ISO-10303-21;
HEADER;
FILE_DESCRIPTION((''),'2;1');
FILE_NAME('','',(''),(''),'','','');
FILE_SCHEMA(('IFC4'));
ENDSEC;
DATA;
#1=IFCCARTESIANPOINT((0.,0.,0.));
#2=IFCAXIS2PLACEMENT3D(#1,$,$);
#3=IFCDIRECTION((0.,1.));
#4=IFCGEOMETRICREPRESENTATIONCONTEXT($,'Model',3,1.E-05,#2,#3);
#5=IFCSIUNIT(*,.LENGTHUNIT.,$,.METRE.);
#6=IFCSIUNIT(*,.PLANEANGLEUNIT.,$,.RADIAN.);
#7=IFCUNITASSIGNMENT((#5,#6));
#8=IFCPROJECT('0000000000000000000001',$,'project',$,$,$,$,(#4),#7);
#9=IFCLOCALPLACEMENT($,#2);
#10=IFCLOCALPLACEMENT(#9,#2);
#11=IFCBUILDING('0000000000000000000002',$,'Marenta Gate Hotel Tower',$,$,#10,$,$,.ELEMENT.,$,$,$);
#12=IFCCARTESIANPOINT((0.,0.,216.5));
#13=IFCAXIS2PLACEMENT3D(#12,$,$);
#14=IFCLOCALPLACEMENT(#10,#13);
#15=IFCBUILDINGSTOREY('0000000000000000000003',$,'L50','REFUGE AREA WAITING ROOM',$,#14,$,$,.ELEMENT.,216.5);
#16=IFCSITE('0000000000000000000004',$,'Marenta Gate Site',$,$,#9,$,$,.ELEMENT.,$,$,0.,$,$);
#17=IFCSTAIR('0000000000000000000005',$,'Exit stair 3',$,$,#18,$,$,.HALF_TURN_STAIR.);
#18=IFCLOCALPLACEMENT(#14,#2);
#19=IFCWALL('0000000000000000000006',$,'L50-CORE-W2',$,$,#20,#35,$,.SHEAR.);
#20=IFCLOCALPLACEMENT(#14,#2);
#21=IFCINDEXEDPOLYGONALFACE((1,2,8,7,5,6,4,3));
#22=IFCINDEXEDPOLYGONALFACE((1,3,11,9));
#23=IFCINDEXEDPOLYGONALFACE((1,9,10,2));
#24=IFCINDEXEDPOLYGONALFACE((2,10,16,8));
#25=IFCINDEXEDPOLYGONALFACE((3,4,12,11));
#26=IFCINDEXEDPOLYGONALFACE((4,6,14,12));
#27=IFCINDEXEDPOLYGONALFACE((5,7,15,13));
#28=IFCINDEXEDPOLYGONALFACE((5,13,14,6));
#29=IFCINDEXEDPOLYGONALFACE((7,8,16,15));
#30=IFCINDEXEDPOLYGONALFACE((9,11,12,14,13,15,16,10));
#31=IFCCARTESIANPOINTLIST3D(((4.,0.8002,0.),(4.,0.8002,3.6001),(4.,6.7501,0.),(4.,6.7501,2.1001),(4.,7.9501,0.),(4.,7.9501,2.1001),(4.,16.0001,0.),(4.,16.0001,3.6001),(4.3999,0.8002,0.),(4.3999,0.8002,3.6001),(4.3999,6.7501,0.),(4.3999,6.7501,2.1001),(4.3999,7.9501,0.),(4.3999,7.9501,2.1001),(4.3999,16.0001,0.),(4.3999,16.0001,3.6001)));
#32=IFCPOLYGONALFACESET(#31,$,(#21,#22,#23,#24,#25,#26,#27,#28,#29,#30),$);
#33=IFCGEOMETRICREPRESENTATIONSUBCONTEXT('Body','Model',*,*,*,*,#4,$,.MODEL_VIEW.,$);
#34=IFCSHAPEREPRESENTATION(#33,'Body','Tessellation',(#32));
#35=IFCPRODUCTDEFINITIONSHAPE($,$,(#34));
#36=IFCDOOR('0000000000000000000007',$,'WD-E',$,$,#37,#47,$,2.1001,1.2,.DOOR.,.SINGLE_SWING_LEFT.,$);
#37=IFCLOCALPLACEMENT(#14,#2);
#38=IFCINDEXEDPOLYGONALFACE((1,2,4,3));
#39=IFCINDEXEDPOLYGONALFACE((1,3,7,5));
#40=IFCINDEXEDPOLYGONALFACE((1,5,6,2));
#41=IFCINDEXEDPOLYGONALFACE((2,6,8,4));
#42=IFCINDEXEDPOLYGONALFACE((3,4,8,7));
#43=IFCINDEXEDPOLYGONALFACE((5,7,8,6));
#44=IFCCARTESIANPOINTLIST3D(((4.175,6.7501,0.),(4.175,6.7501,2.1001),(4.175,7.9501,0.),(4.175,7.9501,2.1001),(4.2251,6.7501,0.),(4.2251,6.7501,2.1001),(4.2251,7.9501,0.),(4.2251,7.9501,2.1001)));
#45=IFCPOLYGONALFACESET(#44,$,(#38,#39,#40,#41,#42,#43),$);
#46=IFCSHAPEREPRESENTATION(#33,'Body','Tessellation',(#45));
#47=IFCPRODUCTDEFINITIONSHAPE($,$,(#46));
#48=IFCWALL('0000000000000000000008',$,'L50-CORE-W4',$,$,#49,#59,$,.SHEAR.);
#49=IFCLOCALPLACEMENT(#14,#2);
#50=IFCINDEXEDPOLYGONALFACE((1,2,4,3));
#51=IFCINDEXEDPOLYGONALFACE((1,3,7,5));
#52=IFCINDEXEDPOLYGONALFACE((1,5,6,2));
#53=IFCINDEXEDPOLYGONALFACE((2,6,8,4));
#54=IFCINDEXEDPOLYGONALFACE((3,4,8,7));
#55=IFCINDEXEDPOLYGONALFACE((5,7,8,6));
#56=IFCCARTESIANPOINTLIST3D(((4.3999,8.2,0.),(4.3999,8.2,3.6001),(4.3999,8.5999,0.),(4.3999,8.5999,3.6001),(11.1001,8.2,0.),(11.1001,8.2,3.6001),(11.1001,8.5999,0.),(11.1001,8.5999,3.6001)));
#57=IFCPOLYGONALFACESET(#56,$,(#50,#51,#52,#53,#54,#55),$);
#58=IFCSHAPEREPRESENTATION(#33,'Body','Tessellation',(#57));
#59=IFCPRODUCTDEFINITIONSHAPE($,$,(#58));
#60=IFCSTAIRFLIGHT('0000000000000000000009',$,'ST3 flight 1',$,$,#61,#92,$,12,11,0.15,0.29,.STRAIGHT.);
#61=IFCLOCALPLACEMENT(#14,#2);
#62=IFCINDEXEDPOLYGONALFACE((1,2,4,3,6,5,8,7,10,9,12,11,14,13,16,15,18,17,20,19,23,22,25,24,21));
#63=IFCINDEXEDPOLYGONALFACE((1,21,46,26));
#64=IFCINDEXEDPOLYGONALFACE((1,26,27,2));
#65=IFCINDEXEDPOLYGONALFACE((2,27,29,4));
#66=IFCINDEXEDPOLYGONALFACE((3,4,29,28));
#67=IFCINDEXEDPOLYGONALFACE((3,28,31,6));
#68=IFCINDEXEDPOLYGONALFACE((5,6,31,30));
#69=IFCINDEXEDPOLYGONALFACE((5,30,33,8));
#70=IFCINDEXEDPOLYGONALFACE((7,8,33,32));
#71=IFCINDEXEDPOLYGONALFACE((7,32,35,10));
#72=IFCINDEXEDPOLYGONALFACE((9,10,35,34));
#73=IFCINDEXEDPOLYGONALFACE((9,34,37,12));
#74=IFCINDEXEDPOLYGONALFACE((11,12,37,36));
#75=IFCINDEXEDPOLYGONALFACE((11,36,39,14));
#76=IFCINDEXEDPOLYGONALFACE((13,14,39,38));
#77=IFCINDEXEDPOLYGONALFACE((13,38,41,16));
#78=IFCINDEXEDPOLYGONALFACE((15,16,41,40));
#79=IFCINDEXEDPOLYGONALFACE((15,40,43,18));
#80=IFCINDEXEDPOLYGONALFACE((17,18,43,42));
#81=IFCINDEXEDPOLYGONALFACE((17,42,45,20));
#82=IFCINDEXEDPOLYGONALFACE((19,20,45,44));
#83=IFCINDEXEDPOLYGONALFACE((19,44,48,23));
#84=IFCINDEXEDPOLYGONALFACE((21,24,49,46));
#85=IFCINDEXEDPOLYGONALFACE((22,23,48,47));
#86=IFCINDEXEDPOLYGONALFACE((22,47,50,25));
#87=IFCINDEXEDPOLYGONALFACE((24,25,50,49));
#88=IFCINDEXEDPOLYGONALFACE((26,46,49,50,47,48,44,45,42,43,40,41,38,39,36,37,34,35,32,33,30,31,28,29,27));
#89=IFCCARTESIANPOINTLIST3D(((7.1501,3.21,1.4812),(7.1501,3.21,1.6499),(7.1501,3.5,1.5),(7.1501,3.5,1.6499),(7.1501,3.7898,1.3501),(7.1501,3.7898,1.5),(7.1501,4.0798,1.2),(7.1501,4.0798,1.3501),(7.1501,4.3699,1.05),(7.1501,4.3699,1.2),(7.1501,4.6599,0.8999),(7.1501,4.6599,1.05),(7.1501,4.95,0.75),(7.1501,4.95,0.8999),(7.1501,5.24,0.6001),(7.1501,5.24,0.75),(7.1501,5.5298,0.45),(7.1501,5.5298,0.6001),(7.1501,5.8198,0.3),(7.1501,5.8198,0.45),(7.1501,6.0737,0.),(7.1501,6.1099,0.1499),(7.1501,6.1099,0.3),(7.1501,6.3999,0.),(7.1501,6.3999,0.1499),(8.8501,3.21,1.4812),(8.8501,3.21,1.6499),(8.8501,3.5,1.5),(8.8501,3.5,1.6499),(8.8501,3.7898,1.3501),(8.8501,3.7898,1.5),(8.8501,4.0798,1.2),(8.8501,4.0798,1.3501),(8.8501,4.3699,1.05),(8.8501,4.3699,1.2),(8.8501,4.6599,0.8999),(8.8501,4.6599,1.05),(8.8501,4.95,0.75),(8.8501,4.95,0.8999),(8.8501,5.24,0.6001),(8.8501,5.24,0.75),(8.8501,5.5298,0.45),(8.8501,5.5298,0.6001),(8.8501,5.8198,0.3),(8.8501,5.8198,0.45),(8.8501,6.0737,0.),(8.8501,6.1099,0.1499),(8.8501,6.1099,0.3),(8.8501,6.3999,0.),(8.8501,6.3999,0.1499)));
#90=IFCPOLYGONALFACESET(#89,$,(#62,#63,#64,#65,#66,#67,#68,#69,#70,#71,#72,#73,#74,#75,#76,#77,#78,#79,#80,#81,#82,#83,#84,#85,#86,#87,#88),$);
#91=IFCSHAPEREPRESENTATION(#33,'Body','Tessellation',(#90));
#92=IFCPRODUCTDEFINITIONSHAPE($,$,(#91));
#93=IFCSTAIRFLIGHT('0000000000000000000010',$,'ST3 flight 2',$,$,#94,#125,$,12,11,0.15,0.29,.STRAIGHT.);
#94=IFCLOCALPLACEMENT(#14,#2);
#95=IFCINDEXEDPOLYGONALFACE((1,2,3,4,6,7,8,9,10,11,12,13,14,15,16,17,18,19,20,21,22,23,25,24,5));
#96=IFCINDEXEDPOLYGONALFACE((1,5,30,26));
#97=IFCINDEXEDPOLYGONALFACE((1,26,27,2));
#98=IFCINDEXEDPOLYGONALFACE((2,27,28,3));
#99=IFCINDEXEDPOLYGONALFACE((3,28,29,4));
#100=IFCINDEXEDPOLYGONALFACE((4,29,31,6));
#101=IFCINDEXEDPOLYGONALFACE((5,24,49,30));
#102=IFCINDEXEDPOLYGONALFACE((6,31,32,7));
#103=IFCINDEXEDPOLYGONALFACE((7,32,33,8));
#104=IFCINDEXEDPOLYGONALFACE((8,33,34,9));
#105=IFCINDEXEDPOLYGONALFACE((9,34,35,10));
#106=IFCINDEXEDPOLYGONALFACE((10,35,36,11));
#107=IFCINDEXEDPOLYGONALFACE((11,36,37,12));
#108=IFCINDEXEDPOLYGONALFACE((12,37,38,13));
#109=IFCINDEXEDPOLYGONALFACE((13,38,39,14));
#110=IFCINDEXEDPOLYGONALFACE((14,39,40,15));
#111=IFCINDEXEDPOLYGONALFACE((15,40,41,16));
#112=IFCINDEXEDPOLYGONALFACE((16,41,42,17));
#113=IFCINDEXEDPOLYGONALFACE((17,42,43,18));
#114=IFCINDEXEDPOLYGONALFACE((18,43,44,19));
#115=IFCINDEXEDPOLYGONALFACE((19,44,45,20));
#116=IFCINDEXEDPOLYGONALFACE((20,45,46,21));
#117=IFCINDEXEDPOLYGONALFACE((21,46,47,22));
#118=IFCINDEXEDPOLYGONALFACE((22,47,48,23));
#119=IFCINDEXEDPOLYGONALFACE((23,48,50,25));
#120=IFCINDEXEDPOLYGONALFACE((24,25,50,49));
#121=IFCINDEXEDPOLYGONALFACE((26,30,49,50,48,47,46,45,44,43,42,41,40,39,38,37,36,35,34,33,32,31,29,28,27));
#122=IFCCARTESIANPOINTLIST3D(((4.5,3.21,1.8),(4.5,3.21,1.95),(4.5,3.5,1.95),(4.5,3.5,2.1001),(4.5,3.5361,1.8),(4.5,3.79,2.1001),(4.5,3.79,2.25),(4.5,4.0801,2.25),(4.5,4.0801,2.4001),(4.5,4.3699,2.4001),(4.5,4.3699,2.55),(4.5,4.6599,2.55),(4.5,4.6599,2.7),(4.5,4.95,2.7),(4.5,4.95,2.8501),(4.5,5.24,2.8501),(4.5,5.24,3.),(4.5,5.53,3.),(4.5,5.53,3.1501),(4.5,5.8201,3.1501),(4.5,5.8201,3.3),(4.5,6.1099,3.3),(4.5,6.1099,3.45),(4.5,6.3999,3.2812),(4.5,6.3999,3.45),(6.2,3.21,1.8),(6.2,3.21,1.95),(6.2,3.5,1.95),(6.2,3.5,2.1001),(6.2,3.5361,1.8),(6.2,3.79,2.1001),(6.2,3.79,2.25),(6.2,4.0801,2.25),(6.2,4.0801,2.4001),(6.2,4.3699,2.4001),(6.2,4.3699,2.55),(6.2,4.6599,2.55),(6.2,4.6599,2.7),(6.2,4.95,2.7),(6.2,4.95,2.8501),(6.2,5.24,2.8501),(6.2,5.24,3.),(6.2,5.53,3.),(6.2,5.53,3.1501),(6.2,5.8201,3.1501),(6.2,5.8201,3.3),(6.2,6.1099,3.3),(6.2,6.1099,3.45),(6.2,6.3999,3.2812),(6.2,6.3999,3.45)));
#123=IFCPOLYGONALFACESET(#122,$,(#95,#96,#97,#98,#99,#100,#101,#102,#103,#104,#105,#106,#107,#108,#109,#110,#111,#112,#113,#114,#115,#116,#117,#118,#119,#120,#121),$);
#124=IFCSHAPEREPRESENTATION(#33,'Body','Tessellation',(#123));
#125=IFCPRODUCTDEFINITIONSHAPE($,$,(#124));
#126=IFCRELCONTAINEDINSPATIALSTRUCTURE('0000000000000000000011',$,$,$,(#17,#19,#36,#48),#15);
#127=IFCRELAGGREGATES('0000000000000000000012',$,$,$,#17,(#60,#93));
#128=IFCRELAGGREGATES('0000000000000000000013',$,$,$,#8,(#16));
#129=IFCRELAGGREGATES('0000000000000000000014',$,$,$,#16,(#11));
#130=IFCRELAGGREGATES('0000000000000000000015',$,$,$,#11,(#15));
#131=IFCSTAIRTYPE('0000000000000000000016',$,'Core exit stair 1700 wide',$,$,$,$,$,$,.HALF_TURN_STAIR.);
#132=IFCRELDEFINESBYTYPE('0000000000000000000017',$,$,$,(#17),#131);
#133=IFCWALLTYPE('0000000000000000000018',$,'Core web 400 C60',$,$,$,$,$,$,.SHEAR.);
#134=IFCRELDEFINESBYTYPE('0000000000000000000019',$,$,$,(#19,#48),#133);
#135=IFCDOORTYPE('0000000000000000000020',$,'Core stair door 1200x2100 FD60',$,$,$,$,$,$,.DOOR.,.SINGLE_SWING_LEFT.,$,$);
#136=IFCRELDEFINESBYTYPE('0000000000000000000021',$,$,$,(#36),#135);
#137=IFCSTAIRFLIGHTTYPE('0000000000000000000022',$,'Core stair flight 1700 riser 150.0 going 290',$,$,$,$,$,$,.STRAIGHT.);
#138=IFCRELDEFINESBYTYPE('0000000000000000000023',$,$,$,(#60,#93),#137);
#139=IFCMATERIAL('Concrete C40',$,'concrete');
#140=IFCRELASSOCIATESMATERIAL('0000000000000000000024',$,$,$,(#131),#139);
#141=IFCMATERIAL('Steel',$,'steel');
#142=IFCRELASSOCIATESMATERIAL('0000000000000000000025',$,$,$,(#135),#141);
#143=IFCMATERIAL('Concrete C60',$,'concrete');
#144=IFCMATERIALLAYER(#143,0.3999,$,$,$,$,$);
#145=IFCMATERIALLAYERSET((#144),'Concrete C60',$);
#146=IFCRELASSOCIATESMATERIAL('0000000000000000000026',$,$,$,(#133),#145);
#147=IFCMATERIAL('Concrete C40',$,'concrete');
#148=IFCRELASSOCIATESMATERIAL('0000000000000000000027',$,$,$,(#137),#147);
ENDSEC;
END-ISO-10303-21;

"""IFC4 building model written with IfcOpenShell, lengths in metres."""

from ifc_helpers import new_model, si_unit, direction, frame, frame_2d, origin, place, context, subcontext, project, spatial, polyline, rectangle, outline, extrude, material, layer, layer_set, type_object, element, fill, aggregate, save


model = new_model("IFC4")

# Units and contexts
model_context = context("Model", 3, precision=1e-05, world=origin(), true_north=direction((0.0, 1.0)))
body_context = subcontext(model_context, "Body", "Model", "MODEL_VIEW")
ifc_project = project(units=[si_unit("LENGTHUNIT", "METRE"), si_unit("PLANEANGLEUNIT", "RADIAN")], contexts=[model_context])

# Site, building, storey
site_placement = place(None, origin())
site = spatial("IfcSite", under=ifc_project, at=site_placement, Name="Marenta Gate Site", CompositionType="ELEMENT", RefElevation=0.0)
building_placement = place(site_placement, origin())
building = spatial("IfcBuilding", under=site, at=building_placement, Name="Marenta Gate Hotel Tower", CompositionType="ELEMENT")
storey_placement = place(building_placement, frame((0.0, 0.0, 216.5)))
storey = spatial("IfcBuildingStorey", under=building, at=storey_placement, Name="L50", Description="REFUGE AREA WAITING ROOM", CompositionType="ELEMENT", Elevation=216.5)

# Stair
ifc_material_1 = material(Name="Concrete C40", Category="concrete")
stair_type_1 = type_object("IfcStairType", Name="Core exit stair 1700 wide", PredefinedType="HALF_TURN_STAIR", material=ifc_material_1)
stair_1_placement = place(storey_placement, origin())
stair_1 = element("IfcStair", 1, at=stair_1_placement, inside=storey, type_object=stair_type_1, Name="Exit stair 3", PredefinedType="HALF_TURN_STAIR")

# Wall, opening, door
ifc_material_2 = material(Name="Steel", Category="steel")
door_type_1 = type_object("IfcDoorType", Name="Core stair door 1200x2100 FD60", OperationType="SINGLE_SWING_LEFT", PredefinedType="DOOR", material=ifc_material_2)
ifc_material_3 = material(Name="Concrete C60", Category="concrete")
ifc_layer_1 = layer(ifc_material_3, 0.3999)
ifc_layer_set_1 = layer_set([ifc_layer_1], Name="Concrete C60")
wall_type_1 = type_object("IfcWallType", Name="Core web 400 C60", PredefinedType="SHEAR", material=ifc_layer_set_1)
wall_1_placement = place(storey_placement, frame((4.2, 0.8, 0.0), z_axis=(0.0, 0.0, 1.0), x_axis=(0.0, 1.0, 0.0)))
wall_1 = element("IfcWall", 2, at=wall_1_placement, inside=storey, type_object=wall_type_1, Name="L50-CORE-W2", PredefinedType="SHEAR", context=body_context, shape_type="SweptSolid", body=[
    extrude(rectangle(XDim=15.2, YDim=0.3999, at=frame_2d((7.6001, 0.0))), origin(), (0.0, 0.0, 1.0), 3.6001),
])
opening_1_placement = place(wall_1_placement, frame((5.95, 0.0, 0.0)))
opening_1 = element("IfcOpeningElement", 3, at=opening_1_placement, cuts=wall_1, PredefinedType="OPENING", context=body_context, shape_type="SweptSolid", body=[
    extrude(rectangle(XDim=1.2, YDim=2.1001, at=frame_2d((0.6001, 1.05))), frame((0.0, 0.2, 0.0), z_axis=(0.0, -1.0, 0.0), x_axis=(1.0, 0.0, 0.0)), (0.0, 0.0, 1.0), 0.3999),
])
door_1_placement = place(opening_1_placement, origin())
door_1 = element("IfcDoor", 4, at=door_1_placement, inside=storey, type_object=door_type_1, Name="WD-E", OperationType="SINGLE_SWING_LEFT", OverallHeight=2.1001, OverallWidth=1.2, PredefinedType="DOOR", context=body_context, shape_type="SweptSolid", body=[
    extrude(rectangle(XDim=1.2, YDim=2.1001, at=frame_2d((0.6001, 1.05))), frame((0.0, 0.0249, 0.0), z_axis=(0.0, -1.0, 0.0), x_axis=(1.0, 0.0, 0.0)), (0.0, 0.0, 1.0), 0.05),
])
fill(opening_1, door_1)

# Wall
wall_2_placement = place(storey_placement, frame((4.3999, 8.3999, 0.0), z_axis=(0.0, 0.0, 1.0), x_axis=(1.0, 0.0, 0.0)))
element("IfcWall", 5, at=wall_2_placement, inside=storey, type_object=wall_type_1, Name="L50-CORE-W4", PredefinedType="SHEAR", context=body_context, shape_type="SweptSolid", body=[
    extrude(rectangle(XDim=6.7002, YDim=0.3999, at=frame_2d((3.3501, 0.0))), origin(), (0.0, 0.0, 1.0), 3.6001),
])

# Stair flights
ifc_material_4 = material(Name="Concrete C40", Category="concrete")
stair_flight_type = type_object("IfcStairFlightType", Name="Core stair flight 1700 riser 150.0 going 290", PredefinedType="STRAIGHT", material=ifc_material_4)
stair_flight_1_placement = place(storey_placement, frame((8.0, 6.3999, 0.0), z_axis=(0.0, 0.0, 1.0), x_axis=(0.0, -1.0, 0.0)))
stair_flight_1 = element("IfcStairFlight", 6, at=stair_flight_1_placement, type_object=stair_flight_type, Name="ST3 flight 1", NumberOfRisers=12, NumberOfTreads=11, PredefinedType="STRAIGHT", RiserHeight=0.15, TreadLength=0.29, context=body_context, shape_type="SweptSolid", body=[
    extrude(outline(polyline([(0.0, 0.0), (0.0, 0.1499), (0.29, 0.1499), (0.29, 0.3), (0.5801, 0.3), (0.5801, 0.45), (0.8701, 0.45), (0.8701, 0.6001), (1.1599, 0.6001), (1.1599, 0.75), (1.45, 0.75), (1.45, 0.8999), (1.74, 0.8999), (1.74, 1.05), (2.03, 1.05), (2.03, 1.2), (2.3201, 1.2), (2.3201, 1.3501), (2.6101, 1.3501), (2.6101, 1.5), (2.8999, 1.5), (2.8999, 1.6499), (3.1899, 1.6499), (3.1899, 1.8), (3.1899, 1.4812), (0.3262, 0.0), (0.0, 0.0)])), frame((0.0, 0.8501, 0.0), z_axis=(0.0, -1.0, 0.0), x_axis=(1.0, 0.0, 0.0)), (0.0, 0.0, 1.0), 1.7),
])
stair_flight_2_placement = place(storey_placement, frame((5.3501, 3.21, 1.8), z_axis=(0.0, 0.0, 1.0), x_axis=(0.0, 1.0, 0.0)))
stair_flight_2 = element("IfcStairFlight", 7, at=stair_flight_2_placement, type_object=stair_flight_type, Name="ST3 flight 2", NumberOfRisers=12, NumberOfTreads=11, PredefinedType="STRAIGHT", RiserHeight=0.15, TreadLength=0.29, context=body_context, shape_type="SweptSolid", body=[
    extrude(outline(polyline([(0.0, 0.0), (0.0, 0.1499), (0.29, 0.1499), (0.29, 0.3), (0.5801, 0.3), (0.5801, 0.45), (0.8701, 0.45), (0.8701, 0.6001), (1.1599, 0.6001), (1.1599, 0.75), (1.45, 0.75), (1.45, 0.8999), (1.74, 0.8999), (1.74, 1.05), (2.03, 1.05), (2.03, 1.2), (2.3201, 1.2), (2.3201, 1.3501), (2.6101, 1.3501), (2.6101, 1.5), (2.8999, 1.5), (2.8999, 1.6499), (3.1899, 1.6499), (3.1899, 1.8), (3.1899, 1.4812), (0.3262, 0.0), (0.0, 0.0)])), frame((0.0, 0.8501, 0.0), z_axis=(0.0, -1.0, 0.0), x_axis=(1.0, 0.0, 0.0)), (0.0, 0.0, 1.0), 1.7),
])
aggregate(stair_1, [stair_flight_1, stair_flight_2])

save(model, "model.ifc")
